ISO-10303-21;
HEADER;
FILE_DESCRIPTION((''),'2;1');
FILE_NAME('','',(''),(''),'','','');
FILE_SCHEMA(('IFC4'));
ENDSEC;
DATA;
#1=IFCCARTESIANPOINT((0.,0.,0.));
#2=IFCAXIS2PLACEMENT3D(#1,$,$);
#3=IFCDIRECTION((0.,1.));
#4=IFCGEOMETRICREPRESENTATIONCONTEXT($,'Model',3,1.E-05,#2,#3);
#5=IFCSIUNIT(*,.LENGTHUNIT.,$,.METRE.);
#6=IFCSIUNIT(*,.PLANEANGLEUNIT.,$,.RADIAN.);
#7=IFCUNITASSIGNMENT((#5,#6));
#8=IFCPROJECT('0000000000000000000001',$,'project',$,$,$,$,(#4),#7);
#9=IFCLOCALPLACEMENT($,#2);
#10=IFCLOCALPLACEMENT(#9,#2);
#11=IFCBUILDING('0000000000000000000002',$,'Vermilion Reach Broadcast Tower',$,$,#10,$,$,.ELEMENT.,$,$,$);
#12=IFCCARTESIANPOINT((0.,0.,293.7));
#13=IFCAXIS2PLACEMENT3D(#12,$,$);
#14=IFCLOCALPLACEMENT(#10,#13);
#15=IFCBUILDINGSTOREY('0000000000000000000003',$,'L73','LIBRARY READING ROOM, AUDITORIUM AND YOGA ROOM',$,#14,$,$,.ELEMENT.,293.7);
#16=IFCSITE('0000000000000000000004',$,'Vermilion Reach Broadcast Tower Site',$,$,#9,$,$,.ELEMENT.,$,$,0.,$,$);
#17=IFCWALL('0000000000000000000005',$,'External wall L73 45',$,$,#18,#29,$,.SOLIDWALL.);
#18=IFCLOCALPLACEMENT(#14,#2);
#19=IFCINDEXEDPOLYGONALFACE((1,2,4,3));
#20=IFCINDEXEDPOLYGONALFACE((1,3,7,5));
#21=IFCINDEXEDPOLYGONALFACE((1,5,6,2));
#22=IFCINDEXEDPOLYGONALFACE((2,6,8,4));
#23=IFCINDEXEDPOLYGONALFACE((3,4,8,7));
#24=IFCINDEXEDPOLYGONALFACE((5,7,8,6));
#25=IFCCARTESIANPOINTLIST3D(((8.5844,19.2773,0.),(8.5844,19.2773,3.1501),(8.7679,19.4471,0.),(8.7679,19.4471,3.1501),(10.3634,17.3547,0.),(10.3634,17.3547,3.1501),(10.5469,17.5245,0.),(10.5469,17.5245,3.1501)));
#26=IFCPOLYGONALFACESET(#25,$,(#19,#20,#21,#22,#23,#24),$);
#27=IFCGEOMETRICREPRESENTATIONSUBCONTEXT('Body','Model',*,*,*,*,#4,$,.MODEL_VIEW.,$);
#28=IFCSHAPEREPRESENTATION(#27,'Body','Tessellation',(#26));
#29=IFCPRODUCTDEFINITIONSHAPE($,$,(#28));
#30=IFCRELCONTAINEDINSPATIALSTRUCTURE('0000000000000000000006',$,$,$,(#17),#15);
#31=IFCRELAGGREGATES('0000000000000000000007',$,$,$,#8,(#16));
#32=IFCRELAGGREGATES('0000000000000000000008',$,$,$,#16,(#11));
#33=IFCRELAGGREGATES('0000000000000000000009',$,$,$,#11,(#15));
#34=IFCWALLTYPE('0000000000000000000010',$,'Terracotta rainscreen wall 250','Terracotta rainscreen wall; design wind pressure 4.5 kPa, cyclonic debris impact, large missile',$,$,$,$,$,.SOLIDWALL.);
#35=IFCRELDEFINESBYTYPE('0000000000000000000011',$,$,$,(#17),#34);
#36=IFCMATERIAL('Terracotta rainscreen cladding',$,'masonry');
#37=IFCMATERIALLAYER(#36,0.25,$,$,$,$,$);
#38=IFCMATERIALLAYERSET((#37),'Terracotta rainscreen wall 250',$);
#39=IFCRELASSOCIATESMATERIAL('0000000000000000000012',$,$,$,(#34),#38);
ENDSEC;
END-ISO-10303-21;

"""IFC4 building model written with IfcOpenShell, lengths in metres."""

from ifc_helpers import new_model, si_unit, direction, frame, frame_2d, origin, place, context, subcontext, project, spatial, rectangle, extrude, material, layer, layer_set, type_object, element, save


model = new_model("IFC4")

# Units and contexts
model_context = context("Model", 3, precision=1e-05, world=origin(), true_north=direction((0.0, 1.0)))
body_context = subcontext(model_context, "Body", "Model", "MODEL_VIEW")
ifc_project = project(units=[si_unit("LENGTHUNIT", "METRE"), si_unit("PLANEANGLEUNIT", "RADIAN")], contexts=[model_context])

# Site, building, storey
site_placement = place(None, origin())
site = spatial("IfcSite", under=ifc_project, at=site_placement, Name="Vermilion Reach Broadcast Tower Site", CompositionType="ELEMENT", RefElevation=0.0)
building_placement = place(site_placement, origin())
building = spatial("IfcBuilding", under=site, at=building_placement, Name="Vermilion Reach Broadcast Tower", CompositionType="ELEMENT")
storey_placement = place(building_placement, frame((0.0, 0.0, 293.7)))
storey = spatial("IfcBuildingStorey", under=building, at=storey_placement, Name="L73", Description="LIBRARY READING ROOM, AUDITORIUM AND YOGA ROOM", CompositionType="ELEMENT", Elevation=293.7)

# Shared definitions
ifc_material_1 = material(Name="Terracotta rainscreen cladding", Category="masonry")
ifc_layer_1 = layer(ifc_material_1, 0.25)
ifc_layer_set_1 = layer_set([ifc_layer_1], Name="Terracotta rainscreen wall 250")
wall_type_1 = type_object("IfcWallType", Name="Terracotta rainscreen wall 250", Description="Terracotta rainscreen wall; design wind pressure 4.5 kPa, cyclonic debris impact, large missile", PredefinedType="SOLIDWALL", material=ifc_layer_set_1)

# Wall
wall_1_placement = place(storey_placement, frame((10.4551, 17.4397, 0.0), z_axis=(0.0, 0.0, 1.0), x_axis=(-0.679174, 0.733977, 0.0)))
element("IfcWall", 1, at=wall_1_placement, inside=storey, type_object=wall_type_1, Name="External wall L73 45", PredefinedType="SOLIDWALL", context=body_context, shape_type="SweptSolid", body=[
    extrude(rectangle(XDim=2.6194, YDim=0.25, at=frame_2d((1.3096, 0.0))), origin(), (0.0, 0.0, 1.0), 3.1501),
])

save(model, "model.ifc")
